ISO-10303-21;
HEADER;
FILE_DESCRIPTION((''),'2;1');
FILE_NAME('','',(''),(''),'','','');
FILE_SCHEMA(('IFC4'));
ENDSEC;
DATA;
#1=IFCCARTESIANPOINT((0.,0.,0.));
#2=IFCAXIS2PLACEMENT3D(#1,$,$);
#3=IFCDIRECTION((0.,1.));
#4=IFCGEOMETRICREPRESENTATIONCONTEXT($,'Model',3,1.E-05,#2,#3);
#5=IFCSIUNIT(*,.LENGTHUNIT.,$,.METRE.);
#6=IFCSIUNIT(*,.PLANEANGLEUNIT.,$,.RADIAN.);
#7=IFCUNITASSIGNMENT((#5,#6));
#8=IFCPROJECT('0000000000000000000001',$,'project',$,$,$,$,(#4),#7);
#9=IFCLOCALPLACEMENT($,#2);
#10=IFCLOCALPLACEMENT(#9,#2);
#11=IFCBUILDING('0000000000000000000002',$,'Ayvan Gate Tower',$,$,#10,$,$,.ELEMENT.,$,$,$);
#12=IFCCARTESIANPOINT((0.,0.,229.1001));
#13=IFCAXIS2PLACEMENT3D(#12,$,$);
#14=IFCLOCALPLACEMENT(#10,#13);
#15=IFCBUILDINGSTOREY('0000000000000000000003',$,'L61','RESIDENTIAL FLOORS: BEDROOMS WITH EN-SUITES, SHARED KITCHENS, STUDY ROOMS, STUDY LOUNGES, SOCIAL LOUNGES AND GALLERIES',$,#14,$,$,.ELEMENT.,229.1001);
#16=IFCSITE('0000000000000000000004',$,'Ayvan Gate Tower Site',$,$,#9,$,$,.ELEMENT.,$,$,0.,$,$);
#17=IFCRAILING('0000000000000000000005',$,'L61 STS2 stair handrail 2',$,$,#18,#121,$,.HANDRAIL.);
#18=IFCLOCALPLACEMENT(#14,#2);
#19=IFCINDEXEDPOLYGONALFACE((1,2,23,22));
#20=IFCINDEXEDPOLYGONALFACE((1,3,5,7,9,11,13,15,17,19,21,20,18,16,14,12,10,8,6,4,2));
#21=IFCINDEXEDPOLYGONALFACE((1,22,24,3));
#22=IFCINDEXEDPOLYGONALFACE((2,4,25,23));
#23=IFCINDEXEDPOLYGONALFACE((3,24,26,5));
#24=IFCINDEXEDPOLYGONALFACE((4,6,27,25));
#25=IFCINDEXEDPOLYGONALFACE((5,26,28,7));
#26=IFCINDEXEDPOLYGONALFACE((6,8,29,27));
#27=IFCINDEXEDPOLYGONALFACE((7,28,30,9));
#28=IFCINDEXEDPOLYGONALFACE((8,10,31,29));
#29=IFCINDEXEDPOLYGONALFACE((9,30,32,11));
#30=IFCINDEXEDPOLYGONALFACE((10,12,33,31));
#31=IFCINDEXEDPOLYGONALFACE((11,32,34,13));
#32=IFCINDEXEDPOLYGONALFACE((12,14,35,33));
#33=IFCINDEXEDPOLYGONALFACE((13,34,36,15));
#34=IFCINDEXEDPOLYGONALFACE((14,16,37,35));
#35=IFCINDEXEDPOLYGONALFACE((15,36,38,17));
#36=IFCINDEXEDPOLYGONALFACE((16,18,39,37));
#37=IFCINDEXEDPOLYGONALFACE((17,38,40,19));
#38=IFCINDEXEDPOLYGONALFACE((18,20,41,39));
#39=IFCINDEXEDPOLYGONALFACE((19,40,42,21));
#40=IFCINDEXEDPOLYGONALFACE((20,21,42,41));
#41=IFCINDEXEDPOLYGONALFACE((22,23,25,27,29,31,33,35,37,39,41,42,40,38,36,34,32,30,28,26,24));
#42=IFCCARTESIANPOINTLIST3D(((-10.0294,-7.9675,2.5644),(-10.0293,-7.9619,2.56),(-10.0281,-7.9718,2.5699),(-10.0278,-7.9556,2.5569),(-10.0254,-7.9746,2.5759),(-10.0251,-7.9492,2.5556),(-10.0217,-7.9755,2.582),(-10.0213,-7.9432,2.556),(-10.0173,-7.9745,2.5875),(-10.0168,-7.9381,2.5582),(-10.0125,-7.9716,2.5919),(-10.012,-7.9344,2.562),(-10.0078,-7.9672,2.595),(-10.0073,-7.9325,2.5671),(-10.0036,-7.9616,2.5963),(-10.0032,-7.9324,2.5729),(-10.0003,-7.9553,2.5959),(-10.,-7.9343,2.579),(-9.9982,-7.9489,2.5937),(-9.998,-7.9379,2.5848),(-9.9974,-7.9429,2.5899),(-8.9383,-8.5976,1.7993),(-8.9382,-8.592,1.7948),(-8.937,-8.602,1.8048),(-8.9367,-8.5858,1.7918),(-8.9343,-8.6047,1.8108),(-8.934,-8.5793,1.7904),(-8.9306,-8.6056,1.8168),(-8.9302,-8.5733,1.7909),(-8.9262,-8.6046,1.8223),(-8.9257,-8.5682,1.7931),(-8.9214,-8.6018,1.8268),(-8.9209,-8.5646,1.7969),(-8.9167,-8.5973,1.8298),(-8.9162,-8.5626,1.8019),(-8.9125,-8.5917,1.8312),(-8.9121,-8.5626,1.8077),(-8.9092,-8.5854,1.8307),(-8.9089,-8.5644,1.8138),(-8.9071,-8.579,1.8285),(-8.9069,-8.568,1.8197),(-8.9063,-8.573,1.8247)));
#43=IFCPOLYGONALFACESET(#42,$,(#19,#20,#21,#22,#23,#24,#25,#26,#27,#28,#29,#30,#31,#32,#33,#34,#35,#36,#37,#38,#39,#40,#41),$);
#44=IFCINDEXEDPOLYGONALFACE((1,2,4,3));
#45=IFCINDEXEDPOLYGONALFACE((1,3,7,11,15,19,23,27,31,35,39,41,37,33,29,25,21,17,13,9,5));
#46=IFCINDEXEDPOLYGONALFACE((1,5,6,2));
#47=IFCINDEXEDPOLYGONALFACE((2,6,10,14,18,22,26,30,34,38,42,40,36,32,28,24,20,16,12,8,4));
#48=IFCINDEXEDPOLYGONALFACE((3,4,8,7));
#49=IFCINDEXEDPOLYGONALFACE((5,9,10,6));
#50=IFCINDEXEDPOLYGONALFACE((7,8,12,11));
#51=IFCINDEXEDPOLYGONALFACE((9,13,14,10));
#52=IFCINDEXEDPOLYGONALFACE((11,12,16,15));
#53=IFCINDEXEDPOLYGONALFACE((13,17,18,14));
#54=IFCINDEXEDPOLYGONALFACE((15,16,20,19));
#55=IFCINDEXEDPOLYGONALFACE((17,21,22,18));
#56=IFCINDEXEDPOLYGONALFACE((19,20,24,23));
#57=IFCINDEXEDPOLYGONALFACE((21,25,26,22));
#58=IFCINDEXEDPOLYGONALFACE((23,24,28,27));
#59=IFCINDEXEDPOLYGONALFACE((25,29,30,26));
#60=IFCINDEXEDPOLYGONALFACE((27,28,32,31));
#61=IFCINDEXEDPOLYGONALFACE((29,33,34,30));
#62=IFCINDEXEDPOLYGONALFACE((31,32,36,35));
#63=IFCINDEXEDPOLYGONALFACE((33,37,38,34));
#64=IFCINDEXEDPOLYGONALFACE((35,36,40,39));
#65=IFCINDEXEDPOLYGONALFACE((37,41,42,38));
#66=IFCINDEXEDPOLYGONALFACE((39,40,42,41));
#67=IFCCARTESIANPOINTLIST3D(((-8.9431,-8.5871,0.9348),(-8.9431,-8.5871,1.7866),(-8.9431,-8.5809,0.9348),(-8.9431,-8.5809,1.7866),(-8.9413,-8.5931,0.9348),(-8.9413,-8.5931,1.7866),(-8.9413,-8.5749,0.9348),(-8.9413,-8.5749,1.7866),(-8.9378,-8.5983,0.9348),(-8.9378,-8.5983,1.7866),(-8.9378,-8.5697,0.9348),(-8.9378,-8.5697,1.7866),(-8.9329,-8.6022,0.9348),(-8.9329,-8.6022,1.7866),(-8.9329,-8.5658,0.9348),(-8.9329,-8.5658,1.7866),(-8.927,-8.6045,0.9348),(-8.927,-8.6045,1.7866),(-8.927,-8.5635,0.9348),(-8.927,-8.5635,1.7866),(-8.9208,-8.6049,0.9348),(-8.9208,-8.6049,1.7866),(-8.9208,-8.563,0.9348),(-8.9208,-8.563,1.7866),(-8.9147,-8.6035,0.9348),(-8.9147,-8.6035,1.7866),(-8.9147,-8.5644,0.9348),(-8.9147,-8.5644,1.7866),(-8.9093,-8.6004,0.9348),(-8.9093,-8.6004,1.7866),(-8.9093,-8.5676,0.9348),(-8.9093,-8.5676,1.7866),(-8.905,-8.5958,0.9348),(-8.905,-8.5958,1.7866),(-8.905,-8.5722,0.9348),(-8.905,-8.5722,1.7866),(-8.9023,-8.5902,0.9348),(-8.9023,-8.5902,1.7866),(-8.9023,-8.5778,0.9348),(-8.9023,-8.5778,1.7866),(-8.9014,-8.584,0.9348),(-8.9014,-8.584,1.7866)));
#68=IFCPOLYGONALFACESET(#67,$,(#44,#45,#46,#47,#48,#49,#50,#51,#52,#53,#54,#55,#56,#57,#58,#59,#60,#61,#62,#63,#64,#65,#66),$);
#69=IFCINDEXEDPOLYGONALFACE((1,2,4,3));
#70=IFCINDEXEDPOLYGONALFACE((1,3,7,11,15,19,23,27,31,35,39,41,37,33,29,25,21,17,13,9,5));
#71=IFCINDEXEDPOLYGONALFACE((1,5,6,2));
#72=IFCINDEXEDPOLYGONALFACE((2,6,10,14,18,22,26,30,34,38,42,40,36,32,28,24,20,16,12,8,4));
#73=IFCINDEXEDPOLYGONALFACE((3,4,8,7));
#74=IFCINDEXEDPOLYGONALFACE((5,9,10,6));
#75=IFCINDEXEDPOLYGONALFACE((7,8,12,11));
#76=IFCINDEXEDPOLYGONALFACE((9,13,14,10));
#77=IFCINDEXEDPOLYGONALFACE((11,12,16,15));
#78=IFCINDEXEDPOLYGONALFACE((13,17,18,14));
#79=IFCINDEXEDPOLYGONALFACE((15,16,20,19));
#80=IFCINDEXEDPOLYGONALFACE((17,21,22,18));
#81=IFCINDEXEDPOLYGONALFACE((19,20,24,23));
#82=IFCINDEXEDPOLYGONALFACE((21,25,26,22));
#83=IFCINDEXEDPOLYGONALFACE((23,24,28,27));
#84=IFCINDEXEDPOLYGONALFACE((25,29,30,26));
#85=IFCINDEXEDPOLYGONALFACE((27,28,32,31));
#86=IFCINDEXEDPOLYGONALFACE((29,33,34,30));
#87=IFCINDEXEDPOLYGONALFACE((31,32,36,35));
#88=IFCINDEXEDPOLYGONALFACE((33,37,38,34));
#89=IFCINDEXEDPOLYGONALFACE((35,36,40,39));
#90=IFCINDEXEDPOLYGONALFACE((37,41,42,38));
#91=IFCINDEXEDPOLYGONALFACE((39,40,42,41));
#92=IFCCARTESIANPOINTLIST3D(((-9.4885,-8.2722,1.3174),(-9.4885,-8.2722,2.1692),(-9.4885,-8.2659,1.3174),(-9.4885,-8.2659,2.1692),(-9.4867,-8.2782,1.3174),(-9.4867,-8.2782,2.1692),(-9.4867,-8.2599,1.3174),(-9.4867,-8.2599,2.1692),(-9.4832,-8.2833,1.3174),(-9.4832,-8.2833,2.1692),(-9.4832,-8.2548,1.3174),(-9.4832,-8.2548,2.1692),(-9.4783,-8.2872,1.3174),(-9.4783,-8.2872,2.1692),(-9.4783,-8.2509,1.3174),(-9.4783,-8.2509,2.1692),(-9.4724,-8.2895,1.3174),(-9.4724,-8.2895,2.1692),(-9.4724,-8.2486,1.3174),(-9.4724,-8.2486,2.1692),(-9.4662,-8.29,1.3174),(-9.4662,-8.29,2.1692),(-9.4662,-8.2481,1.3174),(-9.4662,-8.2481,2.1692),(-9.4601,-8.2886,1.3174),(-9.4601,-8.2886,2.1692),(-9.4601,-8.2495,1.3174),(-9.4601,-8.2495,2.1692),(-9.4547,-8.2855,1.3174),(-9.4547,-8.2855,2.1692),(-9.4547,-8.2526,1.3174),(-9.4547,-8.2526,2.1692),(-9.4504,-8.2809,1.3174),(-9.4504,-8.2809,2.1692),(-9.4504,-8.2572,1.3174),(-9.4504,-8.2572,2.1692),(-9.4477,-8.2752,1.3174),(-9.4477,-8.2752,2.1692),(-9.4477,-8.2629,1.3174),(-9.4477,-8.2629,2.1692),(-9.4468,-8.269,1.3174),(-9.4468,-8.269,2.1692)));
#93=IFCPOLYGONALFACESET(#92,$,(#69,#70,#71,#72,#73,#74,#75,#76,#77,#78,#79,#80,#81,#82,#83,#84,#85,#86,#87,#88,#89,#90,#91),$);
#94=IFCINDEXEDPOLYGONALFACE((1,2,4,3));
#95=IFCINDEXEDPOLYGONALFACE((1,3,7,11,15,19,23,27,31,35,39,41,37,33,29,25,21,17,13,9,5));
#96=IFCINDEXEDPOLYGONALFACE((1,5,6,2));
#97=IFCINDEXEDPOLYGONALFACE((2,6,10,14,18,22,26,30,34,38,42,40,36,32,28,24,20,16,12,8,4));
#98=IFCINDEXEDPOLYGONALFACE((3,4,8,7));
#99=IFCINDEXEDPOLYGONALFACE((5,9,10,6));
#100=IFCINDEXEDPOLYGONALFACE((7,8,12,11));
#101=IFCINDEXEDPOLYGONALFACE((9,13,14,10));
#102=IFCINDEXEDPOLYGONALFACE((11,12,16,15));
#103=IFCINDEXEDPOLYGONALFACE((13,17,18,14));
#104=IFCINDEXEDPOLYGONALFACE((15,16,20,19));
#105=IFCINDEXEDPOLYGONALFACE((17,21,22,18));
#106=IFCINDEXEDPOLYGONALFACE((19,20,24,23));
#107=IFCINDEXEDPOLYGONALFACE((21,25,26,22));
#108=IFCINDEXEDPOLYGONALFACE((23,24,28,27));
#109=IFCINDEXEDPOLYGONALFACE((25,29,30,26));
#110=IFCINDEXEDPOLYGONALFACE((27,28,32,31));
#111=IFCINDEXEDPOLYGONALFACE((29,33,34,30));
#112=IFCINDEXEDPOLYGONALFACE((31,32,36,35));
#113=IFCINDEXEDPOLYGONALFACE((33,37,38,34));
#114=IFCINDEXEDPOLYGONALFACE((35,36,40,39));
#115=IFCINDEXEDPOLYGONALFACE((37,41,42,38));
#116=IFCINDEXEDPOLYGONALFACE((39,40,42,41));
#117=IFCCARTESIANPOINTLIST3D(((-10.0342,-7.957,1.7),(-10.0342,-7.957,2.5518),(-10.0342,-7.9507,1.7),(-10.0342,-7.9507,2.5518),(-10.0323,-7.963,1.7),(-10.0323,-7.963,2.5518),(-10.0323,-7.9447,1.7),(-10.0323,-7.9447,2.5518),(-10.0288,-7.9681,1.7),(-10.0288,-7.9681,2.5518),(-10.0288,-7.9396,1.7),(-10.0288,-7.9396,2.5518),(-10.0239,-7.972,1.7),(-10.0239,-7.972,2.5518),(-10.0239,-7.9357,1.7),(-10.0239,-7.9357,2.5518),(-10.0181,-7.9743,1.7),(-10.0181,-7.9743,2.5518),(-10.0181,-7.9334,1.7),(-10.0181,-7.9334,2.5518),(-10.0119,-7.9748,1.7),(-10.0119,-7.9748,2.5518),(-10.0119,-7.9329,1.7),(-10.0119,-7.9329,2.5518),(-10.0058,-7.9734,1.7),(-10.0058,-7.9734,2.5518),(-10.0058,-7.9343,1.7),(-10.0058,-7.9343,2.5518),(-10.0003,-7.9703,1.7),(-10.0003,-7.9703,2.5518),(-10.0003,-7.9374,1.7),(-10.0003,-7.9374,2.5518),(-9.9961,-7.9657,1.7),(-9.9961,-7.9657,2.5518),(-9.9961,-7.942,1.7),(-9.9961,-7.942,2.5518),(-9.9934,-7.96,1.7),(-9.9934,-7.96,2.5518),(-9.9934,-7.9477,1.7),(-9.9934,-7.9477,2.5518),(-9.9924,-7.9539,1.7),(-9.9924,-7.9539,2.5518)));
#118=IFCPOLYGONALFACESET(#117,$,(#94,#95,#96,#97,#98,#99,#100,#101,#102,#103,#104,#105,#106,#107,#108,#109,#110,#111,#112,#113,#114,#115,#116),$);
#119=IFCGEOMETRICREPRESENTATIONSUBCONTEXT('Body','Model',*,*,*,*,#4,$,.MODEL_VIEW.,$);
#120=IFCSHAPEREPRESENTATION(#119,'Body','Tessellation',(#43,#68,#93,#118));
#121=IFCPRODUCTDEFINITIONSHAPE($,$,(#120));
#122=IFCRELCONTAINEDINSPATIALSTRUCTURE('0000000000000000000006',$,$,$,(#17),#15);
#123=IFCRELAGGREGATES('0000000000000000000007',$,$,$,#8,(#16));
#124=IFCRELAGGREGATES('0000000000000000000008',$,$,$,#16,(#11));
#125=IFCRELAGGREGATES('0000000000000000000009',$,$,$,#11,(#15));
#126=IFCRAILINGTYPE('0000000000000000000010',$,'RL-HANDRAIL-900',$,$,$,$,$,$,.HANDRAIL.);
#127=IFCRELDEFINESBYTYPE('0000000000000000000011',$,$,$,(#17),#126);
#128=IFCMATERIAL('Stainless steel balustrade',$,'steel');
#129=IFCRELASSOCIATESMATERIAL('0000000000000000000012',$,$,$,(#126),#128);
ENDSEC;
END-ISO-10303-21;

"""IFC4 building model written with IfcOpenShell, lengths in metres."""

from ifc_helpers import new_model, si_unit, direction, frame, origin, origin_2d, place, context, subcontext, project, spatial, circle, extrude, material, type_object, element, save


model = new_model("IFC4")

# Units and contexts
model_context = context("Model", 3, precision=1e-05, world=origin(), true_north=direction((0.0, 1.0)))
body_context = subcontext(model_context, "Body", "Model", "MODEL_VIEW")
ifc_project = project(units=[si_unit("LENGTHUNIT", "METRE"), si_unit("PLANEANGLEUNIT", "RADIAN")], contexts=[model_context])

# Site, building, storey
site_placement = place(None, origin())
site = spatial("IfcSite", under=ifc_project, at=site_placement, Name="Ayvan Gate Tower Site", CompositionType="ELEMENT", RefElevation=0.0)
building_placement = place(site_placement, origin())
building = spatial("IfcBuilding", under=site, at=building_placement, Name="Ayvan Gate Tower", CompositionType="ELEMENT")
storey_placement = place(building_placement, frame((0.0, 0.0, 229.1001)))
storey = spatial("IfcBuildingStorey", under=building, at=storey_placement, Name="L61", Description="RESIDENTIAL FLOORS: BEDROOMS WITH EN-SUITES, SHARED KITCHENS, STUDY ROOMS, STUDY LOUNGES, SOCIAL LOUNGES AND GALLERIES", CompositionType="ELEMENT", Elevation=229.1001)

# Railing
ifc_material_1 = material(Name="Stainless steel balustrade", Category="steel")
railing_type_1 = type_object("IfcRailingType", Name="RL-HANDRAIL-900", PredefinedType="HANDRAIL", material=ifc_material_1)
railing_1_placement = place(storey_placement, frame((-8.9224, -8.584, 0.9348)))
element("IfcRailing", 1, at=railing_1_placement, inside=storey, type_object=railing_type_1, Name="L61 STS2 stair handrail 2", PredefinedType="HANDRAIL", context=body_context, shape_type="SweptSolid", body=[
    extrude(circle(Radius=0.0239, at=origin_2d()), frame((0.0, 0.0, 0.876), z_axis=(-0.740166, 0.427471, 0.51906), x_axis=(-0.500119, -0.865956, 0.0)), (0.0, 0.0, 1.0), 1.4741),
    extrude(circle(Radius=0.021, at=origin_2d()), origin(), (0.0, 0.0, 1.0), 0.8518),
    extrude(circle(Radius=0.021, at=origin_2d()), frame((-0.5454, 0.3149, 0.3826)), (0.0, 0.0, 1.0), 0.8518),
    extrude(circle(Radius=0.021, at=origin_2d()), frame((-1.0911, 0.6301, 0.7651)), (0.0, 0.0, 1.0), 0.8518),
])

save(model, "model.ifc")
